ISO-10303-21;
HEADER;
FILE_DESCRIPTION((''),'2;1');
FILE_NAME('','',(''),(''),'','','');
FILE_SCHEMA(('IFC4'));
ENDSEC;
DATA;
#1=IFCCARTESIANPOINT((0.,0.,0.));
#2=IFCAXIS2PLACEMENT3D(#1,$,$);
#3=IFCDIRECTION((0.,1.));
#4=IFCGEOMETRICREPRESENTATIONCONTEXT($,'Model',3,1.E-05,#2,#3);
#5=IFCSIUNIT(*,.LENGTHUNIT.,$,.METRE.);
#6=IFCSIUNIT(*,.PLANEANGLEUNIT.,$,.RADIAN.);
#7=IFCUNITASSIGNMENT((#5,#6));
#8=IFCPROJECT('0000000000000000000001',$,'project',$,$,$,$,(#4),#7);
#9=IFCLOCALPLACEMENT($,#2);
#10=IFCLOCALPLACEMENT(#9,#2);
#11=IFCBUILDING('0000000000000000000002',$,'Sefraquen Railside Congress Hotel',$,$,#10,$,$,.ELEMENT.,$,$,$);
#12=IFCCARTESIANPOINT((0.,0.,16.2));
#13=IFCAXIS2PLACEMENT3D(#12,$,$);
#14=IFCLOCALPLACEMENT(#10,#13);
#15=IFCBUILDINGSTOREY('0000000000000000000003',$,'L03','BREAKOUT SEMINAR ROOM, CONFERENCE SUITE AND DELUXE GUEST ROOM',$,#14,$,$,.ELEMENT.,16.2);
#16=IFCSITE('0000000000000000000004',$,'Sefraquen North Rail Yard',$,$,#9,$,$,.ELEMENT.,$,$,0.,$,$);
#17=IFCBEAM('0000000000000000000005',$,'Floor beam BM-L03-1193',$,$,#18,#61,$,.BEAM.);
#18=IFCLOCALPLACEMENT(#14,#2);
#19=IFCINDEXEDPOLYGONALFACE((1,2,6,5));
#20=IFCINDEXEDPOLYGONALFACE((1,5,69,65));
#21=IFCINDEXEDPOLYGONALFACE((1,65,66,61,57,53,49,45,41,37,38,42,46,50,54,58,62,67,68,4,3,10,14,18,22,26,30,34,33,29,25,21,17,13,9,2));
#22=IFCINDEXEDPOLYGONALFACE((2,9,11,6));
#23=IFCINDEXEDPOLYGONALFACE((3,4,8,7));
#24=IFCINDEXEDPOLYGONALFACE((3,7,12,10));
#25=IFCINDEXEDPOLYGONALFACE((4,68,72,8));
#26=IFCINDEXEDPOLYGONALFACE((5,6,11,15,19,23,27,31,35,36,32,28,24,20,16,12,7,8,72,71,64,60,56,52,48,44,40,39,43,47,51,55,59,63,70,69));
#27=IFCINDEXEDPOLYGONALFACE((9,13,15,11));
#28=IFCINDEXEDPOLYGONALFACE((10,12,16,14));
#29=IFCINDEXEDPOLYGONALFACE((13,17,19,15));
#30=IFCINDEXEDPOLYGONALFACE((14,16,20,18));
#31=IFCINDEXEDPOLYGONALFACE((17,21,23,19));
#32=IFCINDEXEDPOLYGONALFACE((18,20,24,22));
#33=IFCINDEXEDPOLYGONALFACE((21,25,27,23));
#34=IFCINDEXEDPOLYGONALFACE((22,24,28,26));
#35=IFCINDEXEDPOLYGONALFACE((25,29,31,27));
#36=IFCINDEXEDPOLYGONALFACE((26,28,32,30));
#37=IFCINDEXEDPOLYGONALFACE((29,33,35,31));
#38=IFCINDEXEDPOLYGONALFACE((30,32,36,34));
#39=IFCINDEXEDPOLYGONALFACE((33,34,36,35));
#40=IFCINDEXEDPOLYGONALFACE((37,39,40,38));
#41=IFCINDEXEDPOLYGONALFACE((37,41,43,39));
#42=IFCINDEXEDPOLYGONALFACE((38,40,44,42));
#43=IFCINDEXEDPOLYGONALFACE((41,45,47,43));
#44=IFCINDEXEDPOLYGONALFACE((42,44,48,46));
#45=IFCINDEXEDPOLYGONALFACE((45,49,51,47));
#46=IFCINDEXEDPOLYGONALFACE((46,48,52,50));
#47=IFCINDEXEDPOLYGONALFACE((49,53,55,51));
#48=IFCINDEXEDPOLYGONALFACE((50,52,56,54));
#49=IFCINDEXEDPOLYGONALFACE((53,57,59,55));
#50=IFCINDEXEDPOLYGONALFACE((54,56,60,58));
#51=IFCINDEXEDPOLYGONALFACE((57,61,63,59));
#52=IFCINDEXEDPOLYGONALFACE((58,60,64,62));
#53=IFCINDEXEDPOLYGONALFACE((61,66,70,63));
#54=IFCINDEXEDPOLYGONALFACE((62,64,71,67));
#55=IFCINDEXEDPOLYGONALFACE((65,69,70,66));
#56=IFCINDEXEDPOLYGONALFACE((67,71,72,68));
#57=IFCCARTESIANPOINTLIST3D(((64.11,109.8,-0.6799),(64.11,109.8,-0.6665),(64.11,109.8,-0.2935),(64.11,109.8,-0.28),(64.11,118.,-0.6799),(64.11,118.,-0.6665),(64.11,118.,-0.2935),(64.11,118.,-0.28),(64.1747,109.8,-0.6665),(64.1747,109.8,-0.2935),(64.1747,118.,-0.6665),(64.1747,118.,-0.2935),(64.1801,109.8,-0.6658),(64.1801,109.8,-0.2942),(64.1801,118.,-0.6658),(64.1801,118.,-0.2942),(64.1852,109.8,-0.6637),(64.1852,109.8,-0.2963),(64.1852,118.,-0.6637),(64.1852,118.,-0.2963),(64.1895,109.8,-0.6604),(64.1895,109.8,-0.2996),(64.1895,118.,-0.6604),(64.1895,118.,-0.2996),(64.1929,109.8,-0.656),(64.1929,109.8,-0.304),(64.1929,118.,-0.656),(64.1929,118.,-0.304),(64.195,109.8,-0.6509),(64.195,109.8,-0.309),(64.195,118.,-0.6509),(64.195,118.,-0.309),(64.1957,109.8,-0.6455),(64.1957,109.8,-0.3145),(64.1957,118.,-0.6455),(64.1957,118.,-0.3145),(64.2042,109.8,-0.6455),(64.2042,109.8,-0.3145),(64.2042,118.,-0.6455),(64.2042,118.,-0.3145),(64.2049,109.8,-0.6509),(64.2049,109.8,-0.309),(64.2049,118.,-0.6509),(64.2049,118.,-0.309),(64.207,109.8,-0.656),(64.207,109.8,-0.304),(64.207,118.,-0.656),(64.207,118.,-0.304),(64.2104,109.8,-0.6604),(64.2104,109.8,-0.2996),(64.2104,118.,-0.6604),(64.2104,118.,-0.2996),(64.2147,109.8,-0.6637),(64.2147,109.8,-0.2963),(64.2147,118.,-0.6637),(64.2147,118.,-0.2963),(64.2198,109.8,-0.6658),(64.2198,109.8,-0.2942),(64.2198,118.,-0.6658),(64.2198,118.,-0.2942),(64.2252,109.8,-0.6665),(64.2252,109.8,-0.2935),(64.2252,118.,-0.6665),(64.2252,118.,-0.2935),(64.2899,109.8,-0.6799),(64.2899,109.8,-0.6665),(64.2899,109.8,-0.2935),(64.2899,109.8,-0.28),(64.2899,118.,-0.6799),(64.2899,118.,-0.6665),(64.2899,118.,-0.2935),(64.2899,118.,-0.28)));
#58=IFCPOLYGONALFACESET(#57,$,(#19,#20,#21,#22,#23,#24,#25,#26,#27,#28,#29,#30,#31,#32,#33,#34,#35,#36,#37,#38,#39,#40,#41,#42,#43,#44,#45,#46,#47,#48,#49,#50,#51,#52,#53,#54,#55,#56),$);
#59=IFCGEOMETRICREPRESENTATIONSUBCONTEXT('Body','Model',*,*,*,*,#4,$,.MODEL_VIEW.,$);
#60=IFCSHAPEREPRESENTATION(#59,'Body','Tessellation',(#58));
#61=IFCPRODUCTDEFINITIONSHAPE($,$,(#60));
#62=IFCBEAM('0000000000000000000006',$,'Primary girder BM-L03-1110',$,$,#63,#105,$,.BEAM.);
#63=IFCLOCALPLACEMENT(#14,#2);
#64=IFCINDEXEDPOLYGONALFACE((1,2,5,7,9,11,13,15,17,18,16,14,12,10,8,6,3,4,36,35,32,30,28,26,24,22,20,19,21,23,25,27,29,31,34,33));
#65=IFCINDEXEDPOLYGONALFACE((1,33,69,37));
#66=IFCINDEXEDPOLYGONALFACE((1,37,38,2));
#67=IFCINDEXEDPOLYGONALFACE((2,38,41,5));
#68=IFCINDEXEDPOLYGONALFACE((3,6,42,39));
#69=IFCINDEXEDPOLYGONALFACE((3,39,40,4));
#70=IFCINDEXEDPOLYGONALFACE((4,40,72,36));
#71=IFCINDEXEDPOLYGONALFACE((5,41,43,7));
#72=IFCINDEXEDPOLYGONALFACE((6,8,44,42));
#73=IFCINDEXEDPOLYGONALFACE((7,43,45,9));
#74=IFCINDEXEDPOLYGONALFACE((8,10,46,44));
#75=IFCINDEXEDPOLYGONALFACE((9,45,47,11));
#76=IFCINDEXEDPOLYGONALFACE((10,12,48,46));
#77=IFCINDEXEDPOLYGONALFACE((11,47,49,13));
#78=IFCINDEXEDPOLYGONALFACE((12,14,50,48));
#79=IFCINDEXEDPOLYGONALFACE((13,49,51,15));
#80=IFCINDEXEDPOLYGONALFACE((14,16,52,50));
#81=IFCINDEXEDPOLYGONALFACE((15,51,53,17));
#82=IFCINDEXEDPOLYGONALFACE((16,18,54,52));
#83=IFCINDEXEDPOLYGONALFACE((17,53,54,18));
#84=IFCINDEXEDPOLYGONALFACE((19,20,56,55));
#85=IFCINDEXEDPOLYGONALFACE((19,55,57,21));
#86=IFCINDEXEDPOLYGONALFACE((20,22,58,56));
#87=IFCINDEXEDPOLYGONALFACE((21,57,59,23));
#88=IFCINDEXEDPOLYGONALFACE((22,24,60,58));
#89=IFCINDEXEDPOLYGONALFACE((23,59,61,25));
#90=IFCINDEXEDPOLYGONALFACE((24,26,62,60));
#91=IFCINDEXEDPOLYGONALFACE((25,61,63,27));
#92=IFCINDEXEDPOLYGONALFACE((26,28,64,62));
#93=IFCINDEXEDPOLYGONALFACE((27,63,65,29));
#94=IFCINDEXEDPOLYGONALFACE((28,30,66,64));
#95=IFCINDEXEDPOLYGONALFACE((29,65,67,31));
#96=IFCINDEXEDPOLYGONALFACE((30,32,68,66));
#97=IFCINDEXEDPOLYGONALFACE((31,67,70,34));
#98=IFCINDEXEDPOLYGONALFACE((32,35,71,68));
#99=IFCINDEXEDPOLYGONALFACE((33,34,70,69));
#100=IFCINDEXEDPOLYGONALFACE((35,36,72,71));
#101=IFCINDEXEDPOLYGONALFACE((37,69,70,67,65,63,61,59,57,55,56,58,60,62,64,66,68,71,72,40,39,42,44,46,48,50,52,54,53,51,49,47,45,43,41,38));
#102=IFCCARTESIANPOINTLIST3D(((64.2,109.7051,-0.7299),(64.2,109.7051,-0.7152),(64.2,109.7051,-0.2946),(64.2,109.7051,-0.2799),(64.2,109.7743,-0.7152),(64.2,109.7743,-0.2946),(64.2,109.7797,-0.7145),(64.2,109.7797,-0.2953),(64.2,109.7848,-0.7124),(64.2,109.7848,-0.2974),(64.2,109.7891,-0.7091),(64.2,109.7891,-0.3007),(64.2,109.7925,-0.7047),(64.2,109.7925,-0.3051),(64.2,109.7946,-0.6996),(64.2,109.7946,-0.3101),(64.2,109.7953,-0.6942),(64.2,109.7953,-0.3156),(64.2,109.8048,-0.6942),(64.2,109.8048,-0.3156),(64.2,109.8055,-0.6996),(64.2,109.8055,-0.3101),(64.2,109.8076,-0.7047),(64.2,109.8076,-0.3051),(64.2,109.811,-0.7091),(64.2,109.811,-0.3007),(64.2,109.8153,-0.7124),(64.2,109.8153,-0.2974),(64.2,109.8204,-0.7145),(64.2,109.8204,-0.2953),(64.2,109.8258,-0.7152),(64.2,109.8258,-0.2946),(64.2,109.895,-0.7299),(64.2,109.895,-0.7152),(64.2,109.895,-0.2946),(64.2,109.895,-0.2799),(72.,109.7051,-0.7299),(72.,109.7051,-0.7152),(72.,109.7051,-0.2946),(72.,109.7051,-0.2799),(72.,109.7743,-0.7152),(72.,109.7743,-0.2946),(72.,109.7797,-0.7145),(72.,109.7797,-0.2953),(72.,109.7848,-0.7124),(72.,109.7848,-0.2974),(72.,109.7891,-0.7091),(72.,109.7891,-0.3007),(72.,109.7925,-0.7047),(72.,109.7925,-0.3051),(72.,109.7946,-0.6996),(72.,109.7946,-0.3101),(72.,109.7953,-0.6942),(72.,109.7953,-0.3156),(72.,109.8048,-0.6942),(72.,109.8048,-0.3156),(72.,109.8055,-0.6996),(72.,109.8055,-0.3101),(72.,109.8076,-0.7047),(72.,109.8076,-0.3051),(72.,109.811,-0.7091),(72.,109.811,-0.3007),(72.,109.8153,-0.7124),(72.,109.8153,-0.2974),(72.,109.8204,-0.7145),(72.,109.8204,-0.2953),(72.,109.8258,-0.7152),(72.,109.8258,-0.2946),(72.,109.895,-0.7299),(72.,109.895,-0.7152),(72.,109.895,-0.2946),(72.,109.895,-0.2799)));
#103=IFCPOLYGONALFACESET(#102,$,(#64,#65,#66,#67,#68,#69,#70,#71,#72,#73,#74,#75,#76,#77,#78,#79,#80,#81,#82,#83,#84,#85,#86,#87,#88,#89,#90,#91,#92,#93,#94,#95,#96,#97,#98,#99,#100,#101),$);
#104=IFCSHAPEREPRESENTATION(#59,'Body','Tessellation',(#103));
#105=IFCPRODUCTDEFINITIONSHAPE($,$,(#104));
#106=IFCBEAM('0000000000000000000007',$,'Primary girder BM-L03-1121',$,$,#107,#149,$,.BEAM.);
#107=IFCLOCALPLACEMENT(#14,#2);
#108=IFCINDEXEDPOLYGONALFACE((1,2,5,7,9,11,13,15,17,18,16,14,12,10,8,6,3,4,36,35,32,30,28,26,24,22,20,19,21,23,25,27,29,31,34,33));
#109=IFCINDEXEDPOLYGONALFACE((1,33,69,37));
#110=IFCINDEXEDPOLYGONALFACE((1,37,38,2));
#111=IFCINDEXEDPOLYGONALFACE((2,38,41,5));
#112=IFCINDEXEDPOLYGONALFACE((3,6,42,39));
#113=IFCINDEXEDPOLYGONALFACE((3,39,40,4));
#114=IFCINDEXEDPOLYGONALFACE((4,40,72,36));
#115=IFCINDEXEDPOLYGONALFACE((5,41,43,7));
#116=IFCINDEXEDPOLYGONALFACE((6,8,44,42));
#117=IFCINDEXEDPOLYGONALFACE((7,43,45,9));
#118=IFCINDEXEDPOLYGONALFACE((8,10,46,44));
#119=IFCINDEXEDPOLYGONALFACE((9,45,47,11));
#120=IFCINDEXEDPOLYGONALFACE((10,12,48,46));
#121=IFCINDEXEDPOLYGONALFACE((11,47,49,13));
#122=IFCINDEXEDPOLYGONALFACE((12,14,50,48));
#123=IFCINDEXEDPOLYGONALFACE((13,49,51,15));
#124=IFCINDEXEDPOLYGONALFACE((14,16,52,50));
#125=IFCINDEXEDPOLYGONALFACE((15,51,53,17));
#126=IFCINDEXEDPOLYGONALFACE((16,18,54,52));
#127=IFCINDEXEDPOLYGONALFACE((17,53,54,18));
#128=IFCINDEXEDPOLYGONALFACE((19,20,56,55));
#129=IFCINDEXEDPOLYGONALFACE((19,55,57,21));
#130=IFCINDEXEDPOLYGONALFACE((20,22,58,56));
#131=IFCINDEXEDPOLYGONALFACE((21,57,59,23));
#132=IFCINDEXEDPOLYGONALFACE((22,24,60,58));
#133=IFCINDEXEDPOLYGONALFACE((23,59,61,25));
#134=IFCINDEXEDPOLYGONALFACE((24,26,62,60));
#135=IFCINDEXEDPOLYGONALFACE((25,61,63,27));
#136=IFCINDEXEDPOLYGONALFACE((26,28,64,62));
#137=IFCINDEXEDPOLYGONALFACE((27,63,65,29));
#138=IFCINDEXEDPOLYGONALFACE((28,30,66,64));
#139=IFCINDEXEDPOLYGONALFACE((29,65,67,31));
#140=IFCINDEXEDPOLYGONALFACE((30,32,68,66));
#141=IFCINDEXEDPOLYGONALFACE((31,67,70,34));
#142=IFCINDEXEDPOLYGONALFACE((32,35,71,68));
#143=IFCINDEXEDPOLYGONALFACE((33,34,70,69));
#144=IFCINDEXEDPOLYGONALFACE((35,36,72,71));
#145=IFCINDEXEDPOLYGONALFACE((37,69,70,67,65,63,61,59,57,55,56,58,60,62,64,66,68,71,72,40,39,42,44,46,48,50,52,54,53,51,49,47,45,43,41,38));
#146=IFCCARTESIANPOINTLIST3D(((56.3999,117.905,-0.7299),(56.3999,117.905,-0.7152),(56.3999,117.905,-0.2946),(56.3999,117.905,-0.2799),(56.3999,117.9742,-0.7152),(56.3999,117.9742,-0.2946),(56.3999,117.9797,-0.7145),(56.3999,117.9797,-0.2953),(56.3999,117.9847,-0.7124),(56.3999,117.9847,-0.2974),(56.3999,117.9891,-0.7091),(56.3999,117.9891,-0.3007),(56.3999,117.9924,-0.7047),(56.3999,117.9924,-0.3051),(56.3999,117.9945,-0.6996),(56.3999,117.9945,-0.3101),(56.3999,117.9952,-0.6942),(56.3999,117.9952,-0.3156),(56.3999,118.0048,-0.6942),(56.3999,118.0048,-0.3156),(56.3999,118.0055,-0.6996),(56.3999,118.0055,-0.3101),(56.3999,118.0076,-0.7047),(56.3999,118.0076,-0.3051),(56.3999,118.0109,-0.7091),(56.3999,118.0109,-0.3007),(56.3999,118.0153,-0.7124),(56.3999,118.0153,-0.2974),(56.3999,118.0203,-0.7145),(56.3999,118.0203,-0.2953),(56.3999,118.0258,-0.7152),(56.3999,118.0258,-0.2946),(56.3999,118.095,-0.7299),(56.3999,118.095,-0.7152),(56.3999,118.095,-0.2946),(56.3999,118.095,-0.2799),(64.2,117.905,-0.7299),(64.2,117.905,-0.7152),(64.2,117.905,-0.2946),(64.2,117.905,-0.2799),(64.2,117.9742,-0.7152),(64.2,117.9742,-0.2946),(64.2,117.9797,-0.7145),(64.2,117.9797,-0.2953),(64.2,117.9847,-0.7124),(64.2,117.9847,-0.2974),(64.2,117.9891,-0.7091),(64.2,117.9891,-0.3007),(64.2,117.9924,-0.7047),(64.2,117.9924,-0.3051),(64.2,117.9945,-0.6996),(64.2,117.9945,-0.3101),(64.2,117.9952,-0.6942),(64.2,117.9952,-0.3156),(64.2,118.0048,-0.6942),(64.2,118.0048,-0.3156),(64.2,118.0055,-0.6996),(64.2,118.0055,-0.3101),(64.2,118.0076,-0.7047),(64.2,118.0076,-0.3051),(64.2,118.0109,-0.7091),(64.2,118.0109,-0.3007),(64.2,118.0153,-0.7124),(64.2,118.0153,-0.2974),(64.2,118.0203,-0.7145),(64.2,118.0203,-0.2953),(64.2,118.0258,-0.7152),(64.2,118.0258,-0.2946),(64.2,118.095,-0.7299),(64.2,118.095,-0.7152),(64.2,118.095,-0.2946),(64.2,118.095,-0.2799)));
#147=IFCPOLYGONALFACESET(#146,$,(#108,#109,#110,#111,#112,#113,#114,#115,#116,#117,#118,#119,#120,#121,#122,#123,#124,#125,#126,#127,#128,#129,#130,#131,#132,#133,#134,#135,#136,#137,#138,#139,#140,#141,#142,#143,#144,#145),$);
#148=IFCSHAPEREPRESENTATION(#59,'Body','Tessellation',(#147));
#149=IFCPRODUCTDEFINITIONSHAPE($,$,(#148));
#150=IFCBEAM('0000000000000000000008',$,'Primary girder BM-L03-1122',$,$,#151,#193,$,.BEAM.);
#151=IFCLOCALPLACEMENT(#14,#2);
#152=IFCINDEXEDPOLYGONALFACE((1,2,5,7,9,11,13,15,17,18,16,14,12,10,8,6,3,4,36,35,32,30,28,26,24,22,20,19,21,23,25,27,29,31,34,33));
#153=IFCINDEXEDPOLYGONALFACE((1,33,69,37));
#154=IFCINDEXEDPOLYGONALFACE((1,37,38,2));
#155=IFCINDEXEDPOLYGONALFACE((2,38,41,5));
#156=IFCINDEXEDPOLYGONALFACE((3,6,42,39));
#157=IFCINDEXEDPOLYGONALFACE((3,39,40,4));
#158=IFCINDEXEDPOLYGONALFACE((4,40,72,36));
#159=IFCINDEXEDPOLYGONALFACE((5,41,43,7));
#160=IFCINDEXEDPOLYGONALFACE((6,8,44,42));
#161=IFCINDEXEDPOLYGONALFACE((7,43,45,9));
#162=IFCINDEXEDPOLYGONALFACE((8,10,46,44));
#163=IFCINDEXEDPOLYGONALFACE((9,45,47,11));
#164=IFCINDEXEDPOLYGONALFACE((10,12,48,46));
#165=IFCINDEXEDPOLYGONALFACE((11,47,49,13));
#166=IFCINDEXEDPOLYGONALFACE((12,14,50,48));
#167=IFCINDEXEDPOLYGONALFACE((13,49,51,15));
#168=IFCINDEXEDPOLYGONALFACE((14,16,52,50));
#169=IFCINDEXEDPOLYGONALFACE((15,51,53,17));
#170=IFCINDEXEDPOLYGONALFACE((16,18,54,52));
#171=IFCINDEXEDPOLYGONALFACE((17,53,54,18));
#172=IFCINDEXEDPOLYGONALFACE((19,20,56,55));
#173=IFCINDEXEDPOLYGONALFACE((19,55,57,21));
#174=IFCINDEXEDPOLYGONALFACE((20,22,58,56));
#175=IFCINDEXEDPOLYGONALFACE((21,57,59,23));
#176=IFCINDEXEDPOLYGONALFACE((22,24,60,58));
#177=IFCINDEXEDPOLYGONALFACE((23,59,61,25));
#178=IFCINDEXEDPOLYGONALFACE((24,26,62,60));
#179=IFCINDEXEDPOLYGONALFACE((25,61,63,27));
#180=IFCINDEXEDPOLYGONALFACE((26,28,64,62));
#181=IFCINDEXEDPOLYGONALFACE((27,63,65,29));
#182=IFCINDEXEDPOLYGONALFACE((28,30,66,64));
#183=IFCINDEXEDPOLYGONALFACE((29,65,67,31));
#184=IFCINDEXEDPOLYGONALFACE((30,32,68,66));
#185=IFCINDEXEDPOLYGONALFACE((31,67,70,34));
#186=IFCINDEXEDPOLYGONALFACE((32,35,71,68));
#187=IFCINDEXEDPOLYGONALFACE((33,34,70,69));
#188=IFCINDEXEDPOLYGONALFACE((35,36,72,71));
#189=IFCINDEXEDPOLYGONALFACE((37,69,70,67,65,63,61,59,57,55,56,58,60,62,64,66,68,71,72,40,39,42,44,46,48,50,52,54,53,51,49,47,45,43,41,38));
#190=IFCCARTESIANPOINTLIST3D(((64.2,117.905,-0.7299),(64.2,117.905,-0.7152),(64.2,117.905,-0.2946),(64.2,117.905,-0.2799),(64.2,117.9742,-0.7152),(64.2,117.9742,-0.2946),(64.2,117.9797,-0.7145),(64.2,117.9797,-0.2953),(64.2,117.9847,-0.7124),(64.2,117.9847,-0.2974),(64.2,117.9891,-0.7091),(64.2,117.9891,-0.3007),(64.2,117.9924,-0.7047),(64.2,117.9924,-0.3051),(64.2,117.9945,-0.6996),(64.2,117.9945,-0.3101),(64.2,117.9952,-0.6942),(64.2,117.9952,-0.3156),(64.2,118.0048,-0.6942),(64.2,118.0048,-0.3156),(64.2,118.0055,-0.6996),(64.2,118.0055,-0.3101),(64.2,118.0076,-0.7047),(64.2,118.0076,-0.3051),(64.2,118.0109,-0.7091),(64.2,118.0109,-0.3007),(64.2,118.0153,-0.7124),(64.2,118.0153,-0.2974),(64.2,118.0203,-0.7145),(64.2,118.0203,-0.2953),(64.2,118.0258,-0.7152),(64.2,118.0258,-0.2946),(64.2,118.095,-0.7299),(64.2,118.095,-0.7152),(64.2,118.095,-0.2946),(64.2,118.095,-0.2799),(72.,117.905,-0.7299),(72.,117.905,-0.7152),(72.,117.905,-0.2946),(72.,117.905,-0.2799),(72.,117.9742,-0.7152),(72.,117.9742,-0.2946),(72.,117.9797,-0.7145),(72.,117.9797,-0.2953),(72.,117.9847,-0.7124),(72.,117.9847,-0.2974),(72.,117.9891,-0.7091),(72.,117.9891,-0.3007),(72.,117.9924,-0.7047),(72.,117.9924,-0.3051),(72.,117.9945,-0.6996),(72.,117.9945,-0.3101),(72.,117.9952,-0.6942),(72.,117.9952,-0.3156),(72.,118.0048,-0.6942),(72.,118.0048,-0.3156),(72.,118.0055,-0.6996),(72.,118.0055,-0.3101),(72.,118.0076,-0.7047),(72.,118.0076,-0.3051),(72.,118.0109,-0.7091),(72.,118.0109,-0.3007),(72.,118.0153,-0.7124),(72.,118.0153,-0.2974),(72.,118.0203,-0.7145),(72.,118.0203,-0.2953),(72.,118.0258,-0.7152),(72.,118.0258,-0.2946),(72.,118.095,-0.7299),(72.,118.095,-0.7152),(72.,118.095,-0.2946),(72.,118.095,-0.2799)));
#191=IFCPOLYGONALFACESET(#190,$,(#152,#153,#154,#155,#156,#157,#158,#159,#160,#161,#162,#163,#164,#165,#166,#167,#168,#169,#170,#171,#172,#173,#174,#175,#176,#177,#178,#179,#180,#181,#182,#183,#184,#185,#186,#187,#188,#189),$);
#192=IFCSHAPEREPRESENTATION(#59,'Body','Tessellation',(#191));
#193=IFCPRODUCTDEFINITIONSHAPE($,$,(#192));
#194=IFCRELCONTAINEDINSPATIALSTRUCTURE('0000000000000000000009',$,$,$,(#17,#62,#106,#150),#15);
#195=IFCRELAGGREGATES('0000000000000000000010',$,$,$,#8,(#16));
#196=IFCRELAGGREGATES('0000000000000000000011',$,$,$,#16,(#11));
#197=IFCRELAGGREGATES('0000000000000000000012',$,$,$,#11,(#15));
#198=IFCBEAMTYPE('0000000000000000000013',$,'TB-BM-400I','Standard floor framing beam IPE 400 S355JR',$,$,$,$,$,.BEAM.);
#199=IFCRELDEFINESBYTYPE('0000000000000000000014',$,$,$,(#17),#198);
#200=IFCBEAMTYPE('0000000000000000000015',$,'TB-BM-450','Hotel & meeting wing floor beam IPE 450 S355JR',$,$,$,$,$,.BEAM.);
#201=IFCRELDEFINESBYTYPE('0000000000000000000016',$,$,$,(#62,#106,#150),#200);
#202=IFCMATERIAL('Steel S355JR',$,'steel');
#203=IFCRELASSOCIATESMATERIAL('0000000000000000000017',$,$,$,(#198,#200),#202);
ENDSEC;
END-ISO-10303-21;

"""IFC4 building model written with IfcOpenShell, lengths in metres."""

from ifc_helpers import new_model, si_unit, direction, frame, origin, origin_2d, place, context, subcontext, project, spatial, i_section, extrude, material, material_profile, profile_set, type_object, element, save


model = new_model("IFC4")

# Units and contexts
model_context = context("Model", 3, precision=1e-05, world=origin(), true_north=direction((0.0, 1.0)))
body_context = subcontext(model_context, "Body", "Model", "MODEL_VIEW")
ifc_project = project(units=[si_unit("LENGTHUNIT", "METRE"), si_unit("PLANEANGLEUNIT", "RADIAN")], contexts=[model_context])

# Site, building, storey
site_placement = place(None, origin())
site = spatial("IfcSite", under=ifc_project, at=site_placement, Name="Sefraquen North Rail Yard", CompositionType="ELEMENT", RefElevation=0.0)
building_placement = place(site_placement, origin())
building = spatial("IfcBuilding", under=site, at=building_placement, Name="Sefraquen Railside Congress Hotel", CompositionType="ELEMENT")
storey_placement = place(building_placement, frame((0.0, 0.0, 16.2)))
storey = spatial("IfcBuildingStorey", under=building, at=storey_placement, Name="L03", Description="BREAKOUT SEMINAR ROOM, CONFERENCE SUITE AND DELUXE GUEST ROOM", CompositionType="ELEMENT", Elevation=16.2)

# Shared definitions
ifc_material_1 = material(Name="Steel S355JR", Category="steel")

# Beams
ifc_material_profile_1 = material_profile(ifc_material_1, i_section(OverallWidth=0.1799, OverallDepth=0.3999, WebThickness=0.0085, FlangeThickness=0.0134, FilletRadius=0.021, at=origin_2d()), Name="IPE 400")
ifc_profile_set_1 = profile_set([ifc_material_profile_1], Name="Steel S355JR")
beam_type_1 = type_object("IfcBeamType", Name="TB-BM-400I", Description="Standard floor framing beam IPE 400 S355JR", PredefinedType="BEAM", material=ifc_profile_set_1)
beam_1_placement = place(storey_placement, frame((64.2, 109.8, -0.48), z_axis=(0.0, 1.0, 0.0), x_axis=(-1.0, 0.0, 0.0)))
element("IfcBeam", 1, at=beam_1_placement, inside=storey, type_object=beam_type_1, Name="Floor beam BM-L03-1193", PredefinedType="BEAM", context=body_context, shape_type="SweptSolid", body=[
    extrude(i_section(OverallWidth=0.1799, OverallDepth=0.3999, WebThickness=0.0085, FlangeThickness=0.0134, FilletRadius=0.021, at=origin_2d()), origin(), (0.0, 0.0, 1.0), 8.2),
])
ifc_material_profile_2 = material_profile(ifc_material_1, i_section(OverallWidth=0.1899, OverallDepth=0.45, WebThickness=0.0095, FlangeThickness=0.0146, FilletRadius=0.021, at=origin_2d()), Name="IPE 450")
ifc_profile_set_2 = profile_set([ifc_material_profile_2], Name="Steel S355JR")
beam_type_2 = type_object("IfcBeamType", Name="TB-BM-450", Description="Hotel & meeting wing floor beam IPE 450 S355JR", PredefinedType="BEAM", material=ifc_profile_set_2)
for number, where, z_axis, x_axis, name in (
    (2, (64.2, 109.8, -0.5049), (1.0, 0.0, 0.0), (0.0, 1.0, 0.0), "Primary girder BM-L03-1110"),
    (3, (56.3999, 118.0, -0.5049), (1.0, 0.0, 0.0), (0.0, 1.0, 0.0), "Primary girder BM-L03-1121"),
    (4, (64.2, 118.0, -0.5049), (1.0, 0.0, 0.0), (0.0, 1.0, 0.0), "Primary girder BM-L03-1122"),
):
    element("IfcBeam", number, at=place(storey_placement, frame(where, z_axis=z_axis, x_axis=x_axis)), inside=storey, type_object=beam_type_2, Name=name, PredefinedType="BEAM", context=body_context, shape_type="SweptSolid", body=[
        extrude(i_section(OverallWidth=0.1899, OverallDepth=0.45, WebThickness=0.0095, FlangeThickness=0.0146, FilletRadius=0.021, at=origin_2d()), origin(), (0.0, 0.0, 1.0), 7.8),
    ])

save(model, "model.ifc")
